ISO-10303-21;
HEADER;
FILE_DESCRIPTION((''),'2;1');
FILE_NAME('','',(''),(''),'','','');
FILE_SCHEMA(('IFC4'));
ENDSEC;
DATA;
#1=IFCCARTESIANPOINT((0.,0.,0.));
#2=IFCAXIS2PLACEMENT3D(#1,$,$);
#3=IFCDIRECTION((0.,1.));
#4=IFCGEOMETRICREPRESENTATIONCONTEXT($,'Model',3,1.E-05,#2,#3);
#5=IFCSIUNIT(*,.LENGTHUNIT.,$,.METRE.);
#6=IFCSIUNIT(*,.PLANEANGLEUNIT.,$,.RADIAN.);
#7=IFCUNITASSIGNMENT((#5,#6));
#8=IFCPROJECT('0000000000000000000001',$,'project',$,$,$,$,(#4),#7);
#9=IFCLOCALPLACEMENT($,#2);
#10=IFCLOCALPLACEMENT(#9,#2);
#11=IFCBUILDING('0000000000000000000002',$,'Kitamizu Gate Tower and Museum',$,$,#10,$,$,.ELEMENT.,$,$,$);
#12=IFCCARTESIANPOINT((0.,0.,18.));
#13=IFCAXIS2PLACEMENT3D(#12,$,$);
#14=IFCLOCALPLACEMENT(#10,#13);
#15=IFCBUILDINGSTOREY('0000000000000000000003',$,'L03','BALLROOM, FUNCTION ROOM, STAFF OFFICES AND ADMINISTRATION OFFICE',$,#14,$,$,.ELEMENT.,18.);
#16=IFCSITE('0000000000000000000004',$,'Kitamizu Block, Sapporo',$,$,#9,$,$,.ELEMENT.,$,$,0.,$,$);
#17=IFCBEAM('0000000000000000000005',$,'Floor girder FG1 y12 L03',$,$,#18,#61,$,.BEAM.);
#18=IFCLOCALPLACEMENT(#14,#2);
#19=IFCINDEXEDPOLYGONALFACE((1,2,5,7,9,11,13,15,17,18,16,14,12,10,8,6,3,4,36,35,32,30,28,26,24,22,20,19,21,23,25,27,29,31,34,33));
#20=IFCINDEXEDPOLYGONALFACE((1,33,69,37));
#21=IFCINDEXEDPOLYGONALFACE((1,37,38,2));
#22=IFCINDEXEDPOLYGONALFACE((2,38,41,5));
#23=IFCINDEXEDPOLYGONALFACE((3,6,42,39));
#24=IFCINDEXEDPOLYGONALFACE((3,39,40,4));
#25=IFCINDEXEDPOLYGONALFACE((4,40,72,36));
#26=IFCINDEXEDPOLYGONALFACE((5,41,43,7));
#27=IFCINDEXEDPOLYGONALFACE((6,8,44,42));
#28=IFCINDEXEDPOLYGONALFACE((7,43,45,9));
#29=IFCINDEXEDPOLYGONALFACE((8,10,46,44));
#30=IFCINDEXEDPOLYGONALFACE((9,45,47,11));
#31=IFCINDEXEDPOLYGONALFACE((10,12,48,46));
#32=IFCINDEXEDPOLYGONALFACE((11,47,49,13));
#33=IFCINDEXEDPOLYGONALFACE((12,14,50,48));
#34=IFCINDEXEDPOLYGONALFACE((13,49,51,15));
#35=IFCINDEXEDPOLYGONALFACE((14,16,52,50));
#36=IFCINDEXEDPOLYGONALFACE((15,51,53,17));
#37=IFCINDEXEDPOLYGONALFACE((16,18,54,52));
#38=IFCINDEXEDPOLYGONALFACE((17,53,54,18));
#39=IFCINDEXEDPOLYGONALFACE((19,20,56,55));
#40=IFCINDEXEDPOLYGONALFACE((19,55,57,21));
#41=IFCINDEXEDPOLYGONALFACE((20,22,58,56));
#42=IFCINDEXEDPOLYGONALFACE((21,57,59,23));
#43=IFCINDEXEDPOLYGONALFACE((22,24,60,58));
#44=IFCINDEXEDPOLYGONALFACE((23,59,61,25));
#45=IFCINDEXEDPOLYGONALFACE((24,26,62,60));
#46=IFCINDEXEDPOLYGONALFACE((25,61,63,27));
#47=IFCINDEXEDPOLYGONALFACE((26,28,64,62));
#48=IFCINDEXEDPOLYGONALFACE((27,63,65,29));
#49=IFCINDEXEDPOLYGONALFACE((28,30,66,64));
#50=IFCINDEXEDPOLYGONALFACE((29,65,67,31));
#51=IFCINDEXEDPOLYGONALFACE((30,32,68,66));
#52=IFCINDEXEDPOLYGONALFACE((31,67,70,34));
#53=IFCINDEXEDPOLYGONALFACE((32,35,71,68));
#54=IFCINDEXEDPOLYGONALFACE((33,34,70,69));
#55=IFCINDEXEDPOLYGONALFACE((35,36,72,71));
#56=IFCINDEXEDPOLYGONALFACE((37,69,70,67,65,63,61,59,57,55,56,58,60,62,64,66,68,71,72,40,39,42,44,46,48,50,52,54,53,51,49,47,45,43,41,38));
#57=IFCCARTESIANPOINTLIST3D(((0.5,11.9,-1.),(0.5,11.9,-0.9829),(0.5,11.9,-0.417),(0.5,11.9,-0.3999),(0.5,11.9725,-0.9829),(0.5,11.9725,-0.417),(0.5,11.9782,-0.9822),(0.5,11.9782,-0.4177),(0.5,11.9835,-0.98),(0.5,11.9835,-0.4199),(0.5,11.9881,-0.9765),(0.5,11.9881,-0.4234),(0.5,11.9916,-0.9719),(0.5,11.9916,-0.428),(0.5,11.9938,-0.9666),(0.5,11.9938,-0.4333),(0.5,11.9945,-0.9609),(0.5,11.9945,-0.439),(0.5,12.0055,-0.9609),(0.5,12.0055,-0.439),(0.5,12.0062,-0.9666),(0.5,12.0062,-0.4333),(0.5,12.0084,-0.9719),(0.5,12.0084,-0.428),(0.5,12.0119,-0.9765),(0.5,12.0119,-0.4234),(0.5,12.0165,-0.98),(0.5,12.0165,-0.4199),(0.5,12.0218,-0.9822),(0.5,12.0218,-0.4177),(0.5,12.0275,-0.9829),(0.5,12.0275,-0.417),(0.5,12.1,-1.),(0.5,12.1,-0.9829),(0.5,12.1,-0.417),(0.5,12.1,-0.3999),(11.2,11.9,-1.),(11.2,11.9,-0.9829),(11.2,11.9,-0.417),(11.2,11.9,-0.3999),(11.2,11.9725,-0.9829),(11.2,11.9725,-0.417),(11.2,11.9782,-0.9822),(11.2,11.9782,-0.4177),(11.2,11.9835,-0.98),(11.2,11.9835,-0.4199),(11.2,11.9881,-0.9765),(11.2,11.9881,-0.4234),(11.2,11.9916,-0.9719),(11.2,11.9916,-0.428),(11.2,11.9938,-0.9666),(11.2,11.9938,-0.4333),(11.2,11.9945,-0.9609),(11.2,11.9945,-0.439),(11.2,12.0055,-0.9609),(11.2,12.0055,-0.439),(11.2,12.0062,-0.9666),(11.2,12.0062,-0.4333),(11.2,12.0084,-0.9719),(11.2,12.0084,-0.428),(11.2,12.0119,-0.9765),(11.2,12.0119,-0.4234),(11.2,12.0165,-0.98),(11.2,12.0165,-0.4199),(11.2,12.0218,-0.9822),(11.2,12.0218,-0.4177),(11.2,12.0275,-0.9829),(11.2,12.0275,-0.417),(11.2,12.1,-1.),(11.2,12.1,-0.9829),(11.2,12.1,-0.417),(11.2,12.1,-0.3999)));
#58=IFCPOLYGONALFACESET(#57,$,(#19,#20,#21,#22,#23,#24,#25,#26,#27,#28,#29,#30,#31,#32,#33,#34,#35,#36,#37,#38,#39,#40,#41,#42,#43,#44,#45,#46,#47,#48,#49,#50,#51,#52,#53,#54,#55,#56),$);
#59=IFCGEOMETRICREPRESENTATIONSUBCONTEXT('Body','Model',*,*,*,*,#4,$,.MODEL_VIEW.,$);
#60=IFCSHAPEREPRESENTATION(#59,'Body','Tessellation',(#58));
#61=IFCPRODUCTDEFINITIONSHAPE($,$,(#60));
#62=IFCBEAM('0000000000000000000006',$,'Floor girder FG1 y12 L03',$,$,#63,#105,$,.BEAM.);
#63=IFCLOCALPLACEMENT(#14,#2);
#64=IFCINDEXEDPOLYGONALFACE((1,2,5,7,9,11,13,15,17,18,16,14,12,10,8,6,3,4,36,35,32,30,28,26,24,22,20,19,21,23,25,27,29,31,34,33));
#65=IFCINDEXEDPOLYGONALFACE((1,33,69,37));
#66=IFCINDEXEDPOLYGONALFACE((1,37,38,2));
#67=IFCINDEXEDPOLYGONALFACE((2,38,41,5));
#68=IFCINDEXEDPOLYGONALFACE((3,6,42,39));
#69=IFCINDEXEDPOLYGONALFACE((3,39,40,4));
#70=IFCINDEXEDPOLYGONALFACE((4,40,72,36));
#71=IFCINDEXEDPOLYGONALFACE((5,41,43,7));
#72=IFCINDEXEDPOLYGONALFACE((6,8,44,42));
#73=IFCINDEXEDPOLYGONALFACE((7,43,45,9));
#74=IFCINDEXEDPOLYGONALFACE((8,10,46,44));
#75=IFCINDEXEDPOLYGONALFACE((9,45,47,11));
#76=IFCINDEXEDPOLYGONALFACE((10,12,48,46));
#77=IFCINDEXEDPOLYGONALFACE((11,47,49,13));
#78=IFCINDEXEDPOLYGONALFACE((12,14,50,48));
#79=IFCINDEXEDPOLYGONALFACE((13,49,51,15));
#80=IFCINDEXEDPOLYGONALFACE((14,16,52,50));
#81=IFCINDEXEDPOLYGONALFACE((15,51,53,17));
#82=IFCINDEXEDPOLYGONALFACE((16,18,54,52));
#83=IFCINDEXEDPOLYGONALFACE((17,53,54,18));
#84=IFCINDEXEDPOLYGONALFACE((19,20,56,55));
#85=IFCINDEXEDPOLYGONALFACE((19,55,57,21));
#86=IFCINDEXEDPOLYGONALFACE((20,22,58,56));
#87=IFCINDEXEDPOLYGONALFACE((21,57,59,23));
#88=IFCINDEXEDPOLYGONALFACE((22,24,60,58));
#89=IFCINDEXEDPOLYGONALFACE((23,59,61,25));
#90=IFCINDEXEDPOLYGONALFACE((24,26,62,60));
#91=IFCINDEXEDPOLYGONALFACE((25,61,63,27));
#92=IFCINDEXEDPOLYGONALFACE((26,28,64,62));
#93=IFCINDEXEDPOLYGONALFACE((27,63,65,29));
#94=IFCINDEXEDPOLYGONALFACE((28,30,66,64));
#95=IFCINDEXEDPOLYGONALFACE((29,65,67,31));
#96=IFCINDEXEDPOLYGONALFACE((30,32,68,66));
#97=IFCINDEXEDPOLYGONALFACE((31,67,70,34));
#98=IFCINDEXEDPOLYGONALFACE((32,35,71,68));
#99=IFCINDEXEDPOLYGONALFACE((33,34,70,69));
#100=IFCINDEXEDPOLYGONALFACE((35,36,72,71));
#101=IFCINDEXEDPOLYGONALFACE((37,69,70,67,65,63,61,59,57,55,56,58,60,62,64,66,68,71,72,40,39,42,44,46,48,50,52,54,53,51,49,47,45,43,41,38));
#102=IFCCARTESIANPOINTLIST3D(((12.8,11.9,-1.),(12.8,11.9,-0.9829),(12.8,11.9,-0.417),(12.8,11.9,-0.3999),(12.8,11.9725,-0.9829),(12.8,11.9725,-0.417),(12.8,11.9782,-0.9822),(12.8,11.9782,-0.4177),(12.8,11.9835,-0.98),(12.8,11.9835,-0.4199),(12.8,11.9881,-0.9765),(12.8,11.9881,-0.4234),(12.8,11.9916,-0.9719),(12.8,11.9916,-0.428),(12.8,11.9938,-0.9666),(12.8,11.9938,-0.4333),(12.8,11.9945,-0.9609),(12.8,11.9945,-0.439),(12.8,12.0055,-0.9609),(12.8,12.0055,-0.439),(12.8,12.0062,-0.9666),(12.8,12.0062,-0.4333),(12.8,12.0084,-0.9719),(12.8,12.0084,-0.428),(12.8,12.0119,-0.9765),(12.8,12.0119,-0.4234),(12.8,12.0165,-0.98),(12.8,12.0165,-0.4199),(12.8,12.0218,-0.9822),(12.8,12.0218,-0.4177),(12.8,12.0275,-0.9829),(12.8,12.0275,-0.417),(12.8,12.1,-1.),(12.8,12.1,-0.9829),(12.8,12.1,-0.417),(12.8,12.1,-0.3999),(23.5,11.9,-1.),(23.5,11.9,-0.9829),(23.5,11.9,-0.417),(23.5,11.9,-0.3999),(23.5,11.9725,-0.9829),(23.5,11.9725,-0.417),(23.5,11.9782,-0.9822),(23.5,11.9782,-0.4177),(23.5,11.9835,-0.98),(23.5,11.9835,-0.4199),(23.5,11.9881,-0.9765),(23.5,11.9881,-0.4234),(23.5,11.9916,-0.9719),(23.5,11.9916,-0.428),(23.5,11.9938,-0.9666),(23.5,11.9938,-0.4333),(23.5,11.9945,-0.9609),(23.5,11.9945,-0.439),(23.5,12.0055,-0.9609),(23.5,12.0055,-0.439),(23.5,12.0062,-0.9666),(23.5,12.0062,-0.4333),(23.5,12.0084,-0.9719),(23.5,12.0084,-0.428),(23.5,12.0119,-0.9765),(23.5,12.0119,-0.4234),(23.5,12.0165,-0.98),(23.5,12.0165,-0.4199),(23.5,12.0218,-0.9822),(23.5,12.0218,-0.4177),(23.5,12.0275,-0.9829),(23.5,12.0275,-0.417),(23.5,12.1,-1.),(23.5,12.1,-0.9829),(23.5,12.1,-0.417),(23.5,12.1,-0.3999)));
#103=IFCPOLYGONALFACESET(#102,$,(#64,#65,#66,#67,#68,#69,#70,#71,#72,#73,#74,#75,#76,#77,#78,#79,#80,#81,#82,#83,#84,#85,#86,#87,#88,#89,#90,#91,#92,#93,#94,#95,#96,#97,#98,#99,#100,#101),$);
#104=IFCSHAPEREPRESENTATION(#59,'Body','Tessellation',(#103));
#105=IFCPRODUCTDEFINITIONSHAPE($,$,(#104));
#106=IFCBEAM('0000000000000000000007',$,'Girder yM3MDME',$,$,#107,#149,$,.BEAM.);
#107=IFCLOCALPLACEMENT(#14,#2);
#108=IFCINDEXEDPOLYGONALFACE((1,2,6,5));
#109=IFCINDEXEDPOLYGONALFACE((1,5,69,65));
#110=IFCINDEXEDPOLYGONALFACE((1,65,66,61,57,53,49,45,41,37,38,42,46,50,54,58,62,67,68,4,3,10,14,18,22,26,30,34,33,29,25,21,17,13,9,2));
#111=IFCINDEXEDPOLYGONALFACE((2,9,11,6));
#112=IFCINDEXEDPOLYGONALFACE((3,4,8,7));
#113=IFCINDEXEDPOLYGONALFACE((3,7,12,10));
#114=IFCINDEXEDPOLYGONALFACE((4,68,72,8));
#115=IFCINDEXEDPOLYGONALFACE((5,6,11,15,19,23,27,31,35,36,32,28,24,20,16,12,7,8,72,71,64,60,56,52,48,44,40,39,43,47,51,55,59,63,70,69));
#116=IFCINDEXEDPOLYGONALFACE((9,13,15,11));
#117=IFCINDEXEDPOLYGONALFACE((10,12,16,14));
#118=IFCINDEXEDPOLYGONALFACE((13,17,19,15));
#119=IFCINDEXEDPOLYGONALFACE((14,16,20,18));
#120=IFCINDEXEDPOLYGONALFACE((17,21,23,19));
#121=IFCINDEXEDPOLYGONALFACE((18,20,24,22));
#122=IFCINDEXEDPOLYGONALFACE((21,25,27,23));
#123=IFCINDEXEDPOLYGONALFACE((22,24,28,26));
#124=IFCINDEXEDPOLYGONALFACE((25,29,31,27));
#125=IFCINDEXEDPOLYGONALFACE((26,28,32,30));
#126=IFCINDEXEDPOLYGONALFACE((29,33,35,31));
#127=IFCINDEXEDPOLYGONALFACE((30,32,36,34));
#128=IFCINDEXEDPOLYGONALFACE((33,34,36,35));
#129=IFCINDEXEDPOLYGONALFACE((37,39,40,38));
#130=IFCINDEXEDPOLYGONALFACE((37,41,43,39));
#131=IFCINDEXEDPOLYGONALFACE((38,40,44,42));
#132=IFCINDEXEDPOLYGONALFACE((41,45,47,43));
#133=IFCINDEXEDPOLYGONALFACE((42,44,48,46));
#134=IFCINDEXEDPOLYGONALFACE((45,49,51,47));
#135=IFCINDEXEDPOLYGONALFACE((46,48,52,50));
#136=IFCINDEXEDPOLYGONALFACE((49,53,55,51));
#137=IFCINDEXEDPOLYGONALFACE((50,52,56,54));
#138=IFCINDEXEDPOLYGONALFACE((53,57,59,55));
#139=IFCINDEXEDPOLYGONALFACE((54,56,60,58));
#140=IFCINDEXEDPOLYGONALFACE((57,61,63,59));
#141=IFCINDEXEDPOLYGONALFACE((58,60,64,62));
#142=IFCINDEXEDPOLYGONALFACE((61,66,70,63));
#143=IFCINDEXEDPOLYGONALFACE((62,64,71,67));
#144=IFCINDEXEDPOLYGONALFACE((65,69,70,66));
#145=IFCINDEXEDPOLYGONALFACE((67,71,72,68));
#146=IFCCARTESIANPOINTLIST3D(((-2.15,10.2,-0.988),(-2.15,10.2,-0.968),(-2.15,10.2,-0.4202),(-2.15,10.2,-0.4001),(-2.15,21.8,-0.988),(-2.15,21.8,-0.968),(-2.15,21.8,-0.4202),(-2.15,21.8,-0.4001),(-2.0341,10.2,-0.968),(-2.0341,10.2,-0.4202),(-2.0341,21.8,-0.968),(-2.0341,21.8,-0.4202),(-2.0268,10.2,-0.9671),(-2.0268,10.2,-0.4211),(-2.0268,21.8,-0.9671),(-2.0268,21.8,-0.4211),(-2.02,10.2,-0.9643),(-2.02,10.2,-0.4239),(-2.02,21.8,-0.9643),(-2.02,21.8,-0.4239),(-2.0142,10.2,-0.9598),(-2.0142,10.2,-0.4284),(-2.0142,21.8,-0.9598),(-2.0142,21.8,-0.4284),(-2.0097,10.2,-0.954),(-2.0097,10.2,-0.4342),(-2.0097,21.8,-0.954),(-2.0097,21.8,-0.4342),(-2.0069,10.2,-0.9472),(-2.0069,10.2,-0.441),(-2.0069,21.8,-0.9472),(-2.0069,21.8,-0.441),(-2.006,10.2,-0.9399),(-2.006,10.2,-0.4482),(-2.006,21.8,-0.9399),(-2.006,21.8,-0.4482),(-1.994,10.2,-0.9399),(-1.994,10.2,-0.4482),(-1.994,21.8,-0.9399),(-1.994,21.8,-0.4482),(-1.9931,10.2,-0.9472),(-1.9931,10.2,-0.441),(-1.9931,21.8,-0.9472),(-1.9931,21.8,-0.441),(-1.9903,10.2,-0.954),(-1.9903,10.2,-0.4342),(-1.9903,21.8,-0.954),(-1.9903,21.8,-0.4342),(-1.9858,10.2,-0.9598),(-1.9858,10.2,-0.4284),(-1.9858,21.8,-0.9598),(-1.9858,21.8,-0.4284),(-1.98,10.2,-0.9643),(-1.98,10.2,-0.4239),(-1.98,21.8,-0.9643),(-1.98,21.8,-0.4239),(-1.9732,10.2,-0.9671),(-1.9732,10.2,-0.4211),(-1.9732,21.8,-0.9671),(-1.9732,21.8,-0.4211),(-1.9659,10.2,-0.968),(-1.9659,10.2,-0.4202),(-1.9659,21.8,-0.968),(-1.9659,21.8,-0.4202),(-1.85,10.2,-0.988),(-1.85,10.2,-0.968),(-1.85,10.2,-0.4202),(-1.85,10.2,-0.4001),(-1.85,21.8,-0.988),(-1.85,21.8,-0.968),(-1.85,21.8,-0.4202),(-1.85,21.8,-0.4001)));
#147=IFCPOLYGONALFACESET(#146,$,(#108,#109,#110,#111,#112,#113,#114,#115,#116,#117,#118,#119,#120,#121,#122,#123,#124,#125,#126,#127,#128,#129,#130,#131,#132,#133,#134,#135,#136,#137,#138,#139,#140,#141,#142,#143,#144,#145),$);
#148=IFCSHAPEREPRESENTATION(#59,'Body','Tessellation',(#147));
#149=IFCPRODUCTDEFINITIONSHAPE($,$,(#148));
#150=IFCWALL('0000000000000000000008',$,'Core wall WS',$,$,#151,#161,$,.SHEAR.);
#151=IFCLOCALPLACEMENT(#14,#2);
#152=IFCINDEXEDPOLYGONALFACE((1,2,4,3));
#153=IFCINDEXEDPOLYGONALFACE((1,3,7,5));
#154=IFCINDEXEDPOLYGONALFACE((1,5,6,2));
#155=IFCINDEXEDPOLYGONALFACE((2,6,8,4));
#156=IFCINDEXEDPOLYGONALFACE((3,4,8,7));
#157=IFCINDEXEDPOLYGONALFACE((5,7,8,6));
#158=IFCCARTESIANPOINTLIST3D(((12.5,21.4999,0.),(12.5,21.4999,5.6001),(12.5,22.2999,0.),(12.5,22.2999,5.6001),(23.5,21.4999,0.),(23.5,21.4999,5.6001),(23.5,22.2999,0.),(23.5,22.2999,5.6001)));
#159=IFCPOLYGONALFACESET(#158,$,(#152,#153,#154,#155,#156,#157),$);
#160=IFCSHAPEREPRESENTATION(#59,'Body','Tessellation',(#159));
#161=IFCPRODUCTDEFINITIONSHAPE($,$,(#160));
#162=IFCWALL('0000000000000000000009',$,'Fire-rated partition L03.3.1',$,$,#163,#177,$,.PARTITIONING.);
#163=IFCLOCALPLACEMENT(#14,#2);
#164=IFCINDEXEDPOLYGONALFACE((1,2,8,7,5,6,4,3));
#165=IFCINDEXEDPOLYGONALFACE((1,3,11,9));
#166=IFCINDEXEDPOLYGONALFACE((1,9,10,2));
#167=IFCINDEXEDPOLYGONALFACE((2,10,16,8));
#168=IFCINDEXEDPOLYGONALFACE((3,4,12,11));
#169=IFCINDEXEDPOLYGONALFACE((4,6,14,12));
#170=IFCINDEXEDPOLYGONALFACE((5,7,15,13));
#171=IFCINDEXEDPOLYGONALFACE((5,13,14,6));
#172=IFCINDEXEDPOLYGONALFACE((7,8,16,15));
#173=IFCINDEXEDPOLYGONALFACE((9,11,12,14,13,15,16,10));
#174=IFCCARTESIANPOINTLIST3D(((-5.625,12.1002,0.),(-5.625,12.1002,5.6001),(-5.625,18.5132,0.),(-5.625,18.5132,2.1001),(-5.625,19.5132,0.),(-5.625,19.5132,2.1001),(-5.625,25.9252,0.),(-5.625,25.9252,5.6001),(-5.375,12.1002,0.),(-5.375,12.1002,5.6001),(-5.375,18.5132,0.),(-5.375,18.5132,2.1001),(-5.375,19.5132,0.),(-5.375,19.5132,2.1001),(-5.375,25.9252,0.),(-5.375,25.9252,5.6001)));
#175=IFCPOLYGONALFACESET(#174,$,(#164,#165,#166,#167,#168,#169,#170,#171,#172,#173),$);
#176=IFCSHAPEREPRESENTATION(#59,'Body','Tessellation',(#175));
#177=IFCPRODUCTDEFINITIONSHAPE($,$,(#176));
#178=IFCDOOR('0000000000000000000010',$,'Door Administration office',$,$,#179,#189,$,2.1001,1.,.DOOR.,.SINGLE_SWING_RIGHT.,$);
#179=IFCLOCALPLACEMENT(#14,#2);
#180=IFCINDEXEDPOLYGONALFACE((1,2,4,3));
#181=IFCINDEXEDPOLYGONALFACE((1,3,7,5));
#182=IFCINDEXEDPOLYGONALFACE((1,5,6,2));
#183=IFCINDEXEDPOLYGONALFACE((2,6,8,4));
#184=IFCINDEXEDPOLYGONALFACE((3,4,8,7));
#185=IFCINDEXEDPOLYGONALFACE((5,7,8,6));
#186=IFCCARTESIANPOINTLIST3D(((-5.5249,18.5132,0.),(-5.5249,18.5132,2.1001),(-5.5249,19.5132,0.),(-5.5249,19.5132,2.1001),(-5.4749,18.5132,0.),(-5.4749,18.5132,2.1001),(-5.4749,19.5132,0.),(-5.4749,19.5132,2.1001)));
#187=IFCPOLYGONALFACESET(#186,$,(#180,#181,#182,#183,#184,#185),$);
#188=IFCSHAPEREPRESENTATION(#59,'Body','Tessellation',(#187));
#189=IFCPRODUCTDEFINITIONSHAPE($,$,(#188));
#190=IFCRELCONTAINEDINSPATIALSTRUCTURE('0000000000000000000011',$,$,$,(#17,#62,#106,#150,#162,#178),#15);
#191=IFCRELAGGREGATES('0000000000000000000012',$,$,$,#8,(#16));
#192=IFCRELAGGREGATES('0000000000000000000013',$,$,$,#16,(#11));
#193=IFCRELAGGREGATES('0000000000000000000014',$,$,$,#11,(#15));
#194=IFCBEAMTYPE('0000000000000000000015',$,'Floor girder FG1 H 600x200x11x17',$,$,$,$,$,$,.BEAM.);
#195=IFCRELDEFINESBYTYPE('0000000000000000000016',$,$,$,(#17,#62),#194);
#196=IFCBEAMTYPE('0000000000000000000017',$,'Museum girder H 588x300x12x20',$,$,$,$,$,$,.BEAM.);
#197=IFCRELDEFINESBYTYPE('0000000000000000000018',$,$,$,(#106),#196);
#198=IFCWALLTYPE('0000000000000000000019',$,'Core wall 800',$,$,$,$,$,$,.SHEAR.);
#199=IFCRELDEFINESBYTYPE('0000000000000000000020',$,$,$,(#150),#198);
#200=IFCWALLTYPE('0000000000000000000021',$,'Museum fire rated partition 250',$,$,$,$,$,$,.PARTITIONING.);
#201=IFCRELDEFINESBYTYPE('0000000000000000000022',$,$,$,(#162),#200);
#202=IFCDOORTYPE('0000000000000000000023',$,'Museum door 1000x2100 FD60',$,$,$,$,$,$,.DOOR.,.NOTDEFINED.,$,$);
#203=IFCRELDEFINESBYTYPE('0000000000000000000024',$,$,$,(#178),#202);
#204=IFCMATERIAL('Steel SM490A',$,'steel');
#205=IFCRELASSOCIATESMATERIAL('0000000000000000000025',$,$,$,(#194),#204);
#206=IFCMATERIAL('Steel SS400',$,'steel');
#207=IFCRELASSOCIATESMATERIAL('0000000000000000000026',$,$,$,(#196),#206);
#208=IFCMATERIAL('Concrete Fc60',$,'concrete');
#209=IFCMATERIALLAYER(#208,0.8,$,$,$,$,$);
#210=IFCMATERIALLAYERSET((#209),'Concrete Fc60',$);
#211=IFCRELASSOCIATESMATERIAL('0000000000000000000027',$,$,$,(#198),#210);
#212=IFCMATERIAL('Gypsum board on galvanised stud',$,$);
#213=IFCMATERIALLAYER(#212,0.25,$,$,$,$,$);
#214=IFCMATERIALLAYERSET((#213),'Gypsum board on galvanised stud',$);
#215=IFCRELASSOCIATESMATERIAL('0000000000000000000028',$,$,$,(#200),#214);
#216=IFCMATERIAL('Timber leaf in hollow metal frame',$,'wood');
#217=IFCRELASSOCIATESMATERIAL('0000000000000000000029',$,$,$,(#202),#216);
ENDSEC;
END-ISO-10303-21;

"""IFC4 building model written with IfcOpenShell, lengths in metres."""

from ifc_helpers import new_model, si_unit, direction, frame, frame_2d, origin, origin_2d, place, context, subcontext, project, spatial, rectangle, i_section, extrude, material, layer, layer_set, material_profile, profile_set, type_object, element, fill, save


model = new_model("IFC4")

# Units and contexts
model_context = context("Model", 3, precision=1e-05, world=origin(), true_north=direction((0.0, 1.0)))
body_context = subcontext(model_context, "Body", "Model", "MODEL_VIEW")
ifc_project = project(units=[si_unit("LENGTHUNIT", "METRE"), si_unit("PLANEANGLEUNIT", "RADIAN")], contexts=[model_context])

# Site, building, storey
site_placement = place(None, origin())
site = spatial("IfcSite", under=ifc_project, at=site_placement, Name="Kitamizu Block, Sapporo", CompositionType="ELEMENT", RefElevation=0.0)
building_placement = place(site_placement, origin())
building = spatial("IfcBuilding", under=site, at=building_placement, Name="Kitamizu Gate Tower and Museum", CompositionType="ELEMENT")
storey_placement = place(building_placement, frame((0.0, 0.0, 18.0)))
storey = spatial("IfcBuildingStorey", under=building, at=storey_placement, Name="L03", Description="BALLROOM, FUNCTION ROOM, STAFF OFFICES AND ADMINISTRATION OFFICE", CompositionType="ELEMENT", Elevation=18.0)

# Beams
ifc_material_1 = material(Name="Steel SM490A", Category="steel")
ifc_material_profile_1 = material_profile(ifc_material_1, i_section(OverallWidth=0.2, OverallDepth=0.6001, WebThickness=0.011, FlangeThickness=0.0171, FilletRadius=0.022, at=origin_2d()), Name="H-600x200x11x17")
ifc_profile_set_1 = profile_set([ifc_material_profile_1], Name="Steel SM490A")
beam_type_1 = type_object("IfcBeamType", Name="Floor girder FG1 H 600x200x11x17", PredefinedType="BEAM", material=ifc_profile_set_1)
for number, where, z_axis, x_axis, name in (
    (1, (0.5, 12.0, -0.7), (1.0, 0.0, 0.0), (0.0, 1.0, 0.0), "Floor girder FG1 y12 L03"),
    (2, (12.8, 12.0, -0.7), (1.0, 0.0, 0.0), (0.0, 1.0, 0.0), "Floor girder FG1 y12 L03"),
):
    element("IfcBeam", number, at=place(storey_placement, frame(where, z_axis=z_axis, x_axis=x_axis)), inside=storey, type_object=beam_type_1, Name=name, PredefinedType="BEAM", context=body_context, shape_type="SweptSolid", body=[
        extrude(i_section(OverallWidth=0.2, OverallDepth=0.6001, WebThickness=0.011, FlangeThickness=0.0171, FilletRadius=0.022, at=origin_2d()), origin(), (0.0, 0.0, 1.0), 10.7),
    ])
ifc_material_2 = material(Name="Steel SS400", Category="steel")
ifc_material_profile_2 = material_profile(ifc_material_2, i_section(OverallWidth=0.3, OverallDepth=0.5879, WebThickness=0.012, FlangeThickness=0.02, FilletRadius=0.0281, at=origin_2d()), Name="H-588x300x12x20")
ifc_profile_set_2 = profile_set([ifc_material_profile_2], Name="Steel SS400")
beam_type_2 = type_object("IfcBeamType", Name="Museum girder H 588x300x12x20", PredefinedType="BEAM", material=ifc_profile_set_2)
beam_1_placement = place(storey_placement, frame((-2.0, 10.2, -0.6941), z_axis=(0.0, 1.0, 0.0), x_axis=(-1.0, 0.0, 0.0)))
element("IfcBeam", 3, at=beam_1_placement, inside=storey, type_object=beam_type_2, Name="Girder yM3MDME", PredefinedType="BEAM", context=body_context, shape_type="SweptSolid", body=[
    extrude(i_section(OverallWidth=0.3, OverallDepth=0.5879, WebThickness=0.012, FlangeThickness=0.02, FilletRadius=0.0281, at=origin_2d()), origin(), (0.0, 0.0, 1.0), 11.6001),
])

# Wall
ifc_material_3 = material(Name="Concrete Fc60", Category="concrete")
ifc_layer_1 = layer(ifc_material_3, 0.8)
ifc_layer_set_1 = layer_set([ifc_layer_1], Name="Concrete Fc60")
wall_type_1 = type_object("IfcWallType", Name="Core wall 800", PredefinedType="SHEAR", material=ifc_layer_set_1)
wall_1_placement = place(storey_placement, frame((12.5, 21.8999, 0.0), z_axis=(0.0, 0.0, 1.0), x_axis=(1.0, 0.0, 0.0)))
element("IfcWall", 4, at=wall_1_placement, inside=storey, type_object=wall_type_1, Name="Core wall WS", PredefinedType="SHEAR", context=body_context, shape_type="SweptSolid", body=[
    extrude(rectangle(XDim=11.0, YDim=0.8, at=frame_2d((5.5, 0.0))), origin(), (0.0, 0.0, 1.0), 5.6001),
])

# Wall, opening, door
ifc_material_4 = material(Name="Gypsum board on galvanised stud")
ifc_layer_2 = layer(ifc_material_4, 0.25)
ifc_layer_set_2 = layer_set([ifc_layer_2], Name="Gypsum board on galvanised stud")
wall_type_2 = type_object("IfcWallType", Name="Museum fire rated partition 250", PredefinedType="PARTITIONING", material=ifc_layer_set_2)
wall_2_placement = place(storey_placement, frame((-5.5, 12.1001, 0.0), z_axis=(0.0, 0.0, 1.0), x_axis=(0.0, 1.0, 0.0)))
wall_2 = element("IfcWall", 5, at=wall_2_placement, inside=storey, type_object=wall_type_2, Name="Fire-rated partition L03.3.1", PredefinedType="PARTITIONING", context=body_context, shape_type="SweptSolid", body=[
    extrude(rectangle(XDim=13.825, YDim=0.25, at=frame_2d((6.9126, 0.0))), origin(), (0.0, 0.0, 1.0), 5.6001),
])
opening_1_placement = place(wall_2_placement, frame((6.4131, 0.0, 0.0)))
opening_1 = element("IfcOpeningElement", 6, at=opening_1_placement, cuts=wall_2, PredefinedType="OPENING", context=body_context, shape_type="SweptSolid", body=[
    extrude(rectangle(XDim=1.0, YDim=2.1001, at=frame_2d((0.5, 1.05))), frame((0.0, 0.135, 0.0), z_axis=(0.0, -1.0, 0.0), x_axis=(1.0, 0.0, 0.0)), (0.0, 0.0, 1.0), 0.27),
])
ifc_material_5 = material(Name="Timber leaf in hollow metal frame", Category="wood")
door_type_1 = type_object("IfcDoorType", Name="Museum door 1000x2100 FD60", OperationType="NOTDEFINED", PredefinedType="DOOR", material=ifc_material_5)
door_1_placement = place(opening_1_placement, origin())
door_1 = element("IfcDoor", 7, at=door_1_placement, inside=storey, type_object=door_type_1, Name="Door Administration office", OperationType="SINGLE_SWING_RIGHT", OverallHeight=2.1001, OverallWidth=1.0, PredefinedType="DOOR", context=body_context, shape_type="SweptSolid", body=[
    extrude(rectangle(XDim=1.0, YDim=2.1001, at=frame_2d((0.5, 1.05))), frame((0.0, 0.0249, 0.0), z_axis=(0.0, -1.0, 0.0), x_axis=(1.0, 0.0, 0.0)), (0.0, 0.0, 1.0), 0.05),
])
fill(opening_1, door_1)

save(model, "model.ifc")
